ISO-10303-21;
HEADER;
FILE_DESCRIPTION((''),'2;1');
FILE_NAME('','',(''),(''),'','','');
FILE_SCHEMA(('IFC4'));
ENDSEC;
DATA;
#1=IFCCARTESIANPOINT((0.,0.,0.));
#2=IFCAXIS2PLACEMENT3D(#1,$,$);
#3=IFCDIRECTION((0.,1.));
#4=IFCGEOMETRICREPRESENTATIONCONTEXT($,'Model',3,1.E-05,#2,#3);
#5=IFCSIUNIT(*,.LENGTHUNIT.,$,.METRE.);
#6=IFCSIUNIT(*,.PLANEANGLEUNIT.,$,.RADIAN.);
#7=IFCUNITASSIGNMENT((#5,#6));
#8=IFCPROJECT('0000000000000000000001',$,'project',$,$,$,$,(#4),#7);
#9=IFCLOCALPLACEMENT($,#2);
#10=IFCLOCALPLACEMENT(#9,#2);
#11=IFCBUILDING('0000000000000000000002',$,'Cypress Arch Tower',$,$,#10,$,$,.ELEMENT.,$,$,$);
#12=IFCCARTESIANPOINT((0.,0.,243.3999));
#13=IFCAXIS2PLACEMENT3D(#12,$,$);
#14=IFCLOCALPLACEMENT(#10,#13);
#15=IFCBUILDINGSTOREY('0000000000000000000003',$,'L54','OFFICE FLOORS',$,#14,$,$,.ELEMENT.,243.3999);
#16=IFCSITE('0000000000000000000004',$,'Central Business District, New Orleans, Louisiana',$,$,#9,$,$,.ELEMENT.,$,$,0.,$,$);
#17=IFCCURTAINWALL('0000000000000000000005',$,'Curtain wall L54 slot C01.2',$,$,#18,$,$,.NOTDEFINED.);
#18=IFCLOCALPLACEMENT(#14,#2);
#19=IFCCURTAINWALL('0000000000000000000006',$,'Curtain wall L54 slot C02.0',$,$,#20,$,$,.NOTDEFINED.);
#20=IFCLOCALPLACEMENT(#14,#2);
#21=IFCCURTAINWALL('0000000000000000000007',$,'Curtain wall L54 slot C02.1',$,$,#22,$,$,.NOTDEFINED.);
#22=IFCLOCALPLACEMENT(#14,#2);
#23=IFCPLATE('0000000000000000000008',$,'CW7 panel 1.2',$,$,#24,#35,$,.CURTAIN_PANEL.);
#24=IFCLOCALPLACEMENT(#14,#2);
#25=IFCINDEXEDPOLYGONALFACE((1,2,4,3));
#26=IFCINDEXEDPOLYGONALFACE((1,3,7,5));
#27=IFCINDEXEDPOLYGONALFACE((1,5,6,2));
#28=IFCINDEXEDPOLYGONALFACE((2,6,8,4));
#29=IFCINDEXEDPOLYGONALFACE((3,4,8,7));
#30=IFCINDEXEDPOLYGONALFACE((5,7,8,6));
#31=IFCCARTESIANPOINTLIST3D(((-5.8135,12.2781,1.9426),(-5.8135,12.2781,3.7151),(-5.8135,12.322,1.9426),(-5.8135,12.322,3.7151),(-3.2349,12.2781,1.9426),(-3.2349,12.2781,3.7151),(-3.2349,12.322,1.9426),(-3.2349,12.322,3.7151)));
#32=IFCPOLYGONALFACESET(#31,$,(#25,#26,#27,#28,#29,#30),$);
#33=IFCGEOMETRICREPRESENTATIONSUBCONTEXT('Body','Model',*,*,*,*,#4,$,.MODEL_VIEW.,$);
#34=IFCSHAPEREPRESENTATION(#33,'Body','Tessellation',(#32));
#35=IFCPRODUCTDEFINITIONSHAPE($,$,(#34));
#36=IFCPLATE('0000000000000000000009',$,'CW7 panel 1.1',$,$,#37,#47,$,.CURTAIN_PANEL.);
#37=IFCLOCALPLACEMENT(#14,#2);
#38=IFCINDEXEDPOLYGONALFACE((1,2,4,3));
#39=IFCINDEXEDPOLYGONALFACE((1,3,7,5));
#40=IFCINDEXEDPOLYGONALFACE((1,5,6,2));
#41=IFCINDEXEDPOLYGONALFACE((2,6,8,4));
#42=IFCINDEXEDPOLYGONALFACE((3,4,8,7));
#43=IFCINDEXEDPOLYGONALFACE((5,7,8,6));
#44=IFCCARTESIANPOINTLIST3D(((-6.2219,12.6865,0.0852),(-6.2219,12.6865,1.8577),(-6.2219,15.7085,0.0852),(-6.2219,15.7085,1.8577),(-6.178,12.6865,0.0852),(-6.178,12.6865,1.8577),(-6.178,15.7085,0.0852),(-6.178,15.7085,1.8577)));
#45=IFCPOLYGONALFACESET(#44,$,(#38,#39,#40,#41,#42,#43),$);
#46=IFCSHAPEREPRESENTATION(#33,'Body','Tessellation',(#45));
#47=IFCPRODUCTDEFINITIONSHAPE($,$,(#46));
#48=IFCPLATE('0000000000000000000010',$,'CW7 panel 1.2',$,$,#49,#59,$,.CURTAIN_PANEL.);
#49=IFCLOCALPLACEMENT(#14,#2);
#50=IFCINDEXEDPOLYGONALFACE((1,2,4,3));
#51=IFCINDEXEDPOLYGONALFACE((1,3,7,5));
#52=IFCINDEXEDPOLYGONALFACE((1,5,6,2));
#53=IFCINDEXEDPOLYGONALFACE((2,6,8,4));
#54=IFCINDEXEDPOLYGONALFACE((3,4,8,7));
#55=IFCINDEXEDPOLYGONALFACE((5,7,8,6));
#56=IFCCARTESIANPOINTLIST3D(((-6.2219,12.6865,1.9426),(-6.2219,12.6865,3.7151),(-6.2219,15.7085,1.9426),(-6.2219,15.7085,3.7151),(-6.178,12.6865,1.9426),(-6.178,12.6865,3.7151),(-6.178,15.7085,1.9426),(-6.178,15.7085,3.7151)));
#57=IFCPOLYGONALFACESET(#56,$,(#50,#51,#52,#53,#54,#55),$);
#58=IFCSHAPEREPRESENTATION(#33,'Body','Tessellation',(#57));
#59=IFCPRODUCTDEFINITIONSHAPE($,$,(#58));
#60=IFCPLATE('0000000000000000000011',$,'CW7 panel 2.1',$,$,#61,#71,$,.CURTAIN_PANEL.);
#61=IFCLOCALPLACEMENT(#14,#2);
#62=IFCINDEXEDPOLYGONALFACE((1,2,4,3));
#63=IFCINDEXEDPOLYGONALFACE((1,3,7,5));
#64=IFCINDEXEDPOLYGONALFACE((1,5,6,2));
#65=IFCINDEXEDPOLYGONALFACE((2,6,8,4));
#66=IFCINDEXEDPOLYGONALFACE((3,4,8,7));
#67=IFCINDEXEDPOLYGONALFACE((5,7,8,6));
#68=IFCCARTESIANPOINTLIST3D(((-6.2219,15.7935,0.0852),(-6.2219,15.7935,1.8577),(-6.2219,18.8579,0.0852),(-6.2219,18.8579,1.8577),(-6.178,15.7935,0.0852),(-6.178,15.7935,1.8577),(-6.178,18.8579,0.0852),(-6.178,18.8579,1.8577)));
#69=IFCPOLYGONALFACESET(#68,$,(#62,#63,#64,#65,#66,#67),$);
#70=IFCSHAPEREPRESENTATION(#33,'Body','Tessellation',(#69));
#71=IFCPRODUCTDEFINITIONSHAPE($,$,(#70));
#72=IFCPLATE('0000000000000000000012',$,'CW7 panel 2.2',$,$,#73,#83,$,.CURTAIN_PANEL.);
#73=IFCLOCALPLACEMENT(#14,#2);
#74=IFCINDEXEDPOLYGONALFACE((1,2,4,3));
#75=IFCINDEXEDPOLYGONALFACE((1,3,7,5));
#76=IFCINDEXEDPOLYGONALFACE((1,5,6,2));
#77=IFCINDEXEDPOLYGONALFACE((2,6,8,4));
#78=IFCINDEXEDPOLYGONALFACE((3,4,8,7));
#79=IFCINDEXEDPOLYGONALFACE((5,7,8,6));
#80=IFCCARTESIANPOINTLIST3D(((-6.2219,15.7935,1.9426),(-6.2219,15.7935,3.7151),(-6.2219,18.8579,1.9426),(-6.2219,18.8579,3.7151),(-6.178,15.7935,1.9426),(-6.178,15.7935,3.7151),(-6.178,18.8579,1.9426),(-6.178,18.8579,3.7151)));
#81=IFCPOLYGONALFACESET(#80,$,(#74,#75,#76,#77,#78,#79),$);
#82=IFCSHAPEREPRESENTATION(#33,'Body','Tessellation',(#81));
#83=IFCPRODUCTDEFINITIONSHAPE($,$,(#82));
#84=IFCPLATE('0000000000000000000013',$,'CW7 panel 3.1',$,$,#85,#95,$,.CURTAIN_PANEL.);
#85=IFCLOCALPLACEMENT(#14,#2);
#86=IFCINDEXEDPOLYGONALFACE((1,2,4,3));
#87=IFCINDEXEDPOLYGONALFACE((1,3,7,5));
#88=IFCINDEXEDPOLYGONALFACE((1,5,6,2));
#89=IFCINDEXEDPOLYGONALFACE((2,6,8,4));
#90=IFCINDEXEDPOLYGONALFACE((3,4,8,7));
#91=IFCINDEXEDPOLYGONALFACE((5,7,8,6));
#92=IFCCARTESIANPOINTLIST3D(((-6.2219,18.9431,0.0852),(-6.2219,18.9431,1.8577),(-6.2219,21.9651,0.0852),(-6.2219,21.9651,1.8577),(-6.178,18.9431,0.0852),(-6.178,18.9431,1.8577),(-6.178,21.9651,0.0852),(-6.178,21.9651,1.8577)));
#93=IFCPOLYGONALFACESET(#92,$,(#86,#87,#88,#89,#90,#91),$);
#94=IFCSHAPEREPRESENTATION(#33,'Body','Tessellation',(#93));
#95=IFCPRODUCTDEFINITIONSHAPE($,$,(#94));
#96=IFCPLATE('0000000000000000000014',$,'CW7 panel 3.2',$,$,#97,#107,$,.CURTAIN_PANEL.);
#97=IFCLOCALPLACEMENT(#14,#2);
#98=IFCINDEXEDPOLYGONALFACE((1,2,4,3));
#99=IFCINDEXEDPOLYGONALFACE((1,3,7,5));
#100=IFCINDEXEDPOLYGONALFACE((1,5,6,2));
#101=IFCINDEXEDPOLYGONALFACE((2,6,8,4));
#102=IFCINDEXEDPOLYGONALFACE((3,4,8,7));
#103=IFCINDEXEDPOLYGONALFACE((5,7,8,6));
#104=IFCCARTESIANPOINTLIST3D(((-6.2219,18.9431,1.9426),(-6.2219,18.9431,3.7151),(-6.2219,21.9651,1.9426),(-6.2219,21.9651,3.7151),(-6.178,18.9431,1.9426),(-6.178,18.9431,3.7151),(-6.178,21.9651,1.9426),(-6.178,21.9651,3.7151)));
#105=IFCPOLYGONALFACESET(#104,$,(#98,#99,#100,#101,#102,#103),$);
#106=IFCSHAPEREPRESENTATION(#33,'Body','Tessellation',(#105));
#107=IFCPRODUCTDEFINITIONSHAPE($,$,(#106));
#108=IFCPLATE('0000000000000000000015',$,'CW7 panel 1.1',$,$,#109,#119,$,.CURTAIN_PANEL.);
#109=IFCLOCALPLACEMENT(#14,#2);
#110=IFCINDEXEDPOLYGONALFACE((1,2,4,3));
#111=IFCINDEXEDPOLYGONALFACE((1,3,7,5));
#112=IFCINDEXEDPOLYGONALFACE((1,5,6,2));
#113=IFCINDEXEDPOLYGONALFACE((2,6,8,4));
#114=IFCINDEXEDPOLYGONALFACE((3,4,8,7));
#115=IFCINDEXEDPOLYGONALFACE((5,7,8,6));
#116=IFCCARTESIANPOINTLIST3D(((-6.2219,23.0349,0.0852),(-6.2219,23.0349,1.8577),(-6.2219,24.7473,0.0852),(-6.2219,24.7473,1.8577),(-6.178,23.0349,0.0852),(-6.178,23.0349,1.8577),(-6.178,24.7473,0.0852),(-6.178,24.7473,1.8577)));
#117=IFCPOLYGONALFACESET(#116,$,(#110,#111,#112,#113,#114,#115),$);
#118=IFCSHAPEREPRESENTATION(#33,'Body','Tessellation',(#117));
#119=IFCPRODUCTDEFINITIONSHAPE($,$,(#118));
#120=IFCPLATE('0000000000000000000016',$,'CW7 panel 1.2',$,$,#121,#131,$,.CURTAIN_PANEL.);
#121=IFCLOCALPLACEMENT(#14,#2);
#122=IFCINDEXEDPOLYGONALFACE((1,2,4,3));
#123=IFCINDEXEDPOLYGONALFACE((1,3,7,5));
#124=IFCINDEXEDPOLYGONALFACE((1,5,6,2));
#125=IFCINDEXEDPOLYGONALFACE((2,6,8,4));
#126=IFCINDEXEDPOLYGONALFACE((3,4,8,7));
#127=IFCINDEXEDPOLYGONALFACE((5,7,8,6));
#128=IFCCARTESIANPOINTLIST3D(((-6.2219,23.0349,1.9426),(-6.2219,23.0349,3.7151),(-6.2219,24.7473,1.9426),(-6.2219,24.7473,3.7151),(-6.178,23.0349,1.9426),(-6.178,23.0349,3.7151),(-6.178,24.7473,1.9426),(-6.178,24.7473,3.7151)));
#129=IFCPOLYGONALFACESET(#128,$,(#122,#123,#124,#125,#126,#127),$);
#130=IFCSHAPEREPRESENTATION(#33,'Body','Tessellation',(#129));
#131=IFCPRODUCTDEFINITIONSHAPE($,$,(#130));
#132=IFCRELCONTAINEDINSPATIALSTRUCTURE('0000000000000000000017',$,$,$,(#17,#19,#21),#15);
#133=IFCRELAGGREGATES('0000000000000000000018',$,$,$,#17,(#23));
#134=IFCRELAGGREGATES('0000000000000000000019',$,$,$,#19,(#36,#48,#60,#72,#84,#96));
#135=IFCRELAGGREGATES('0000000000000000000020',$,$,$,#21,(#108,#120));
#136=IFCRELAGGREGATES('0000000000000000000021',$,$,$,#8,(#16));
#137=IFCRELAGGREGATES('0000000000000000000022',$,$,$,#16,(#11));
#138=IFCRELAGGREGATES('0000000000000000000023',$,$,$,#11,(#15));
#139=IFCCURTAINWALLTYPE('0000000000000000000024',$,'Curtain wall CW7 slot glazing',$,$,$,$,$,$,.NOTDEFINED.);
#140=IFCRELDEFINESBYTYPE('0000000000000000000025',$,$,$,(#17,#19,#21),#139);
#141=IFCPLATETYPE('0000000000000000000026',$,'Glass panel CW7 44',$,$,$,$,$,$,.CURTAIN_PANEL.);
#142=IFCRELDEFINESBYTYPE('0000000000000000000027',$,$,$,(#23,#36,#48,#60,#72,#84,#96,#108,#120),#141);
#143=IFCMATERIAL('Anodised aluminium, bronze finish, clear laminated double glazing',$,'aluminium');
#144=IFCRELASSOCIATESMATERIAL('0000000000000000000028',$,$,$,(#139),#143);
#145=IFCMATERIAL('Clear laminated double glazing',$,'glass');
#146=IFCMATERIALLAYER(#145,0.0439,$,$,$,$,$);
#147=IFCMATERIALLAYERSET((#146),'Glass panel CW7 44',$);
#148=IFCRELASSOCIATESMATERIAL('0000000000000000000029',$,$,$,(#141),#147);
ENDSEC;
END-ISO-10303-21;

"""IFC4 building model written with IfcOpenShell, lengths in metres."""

from ifc_helpers import new_model, si_unit, direction, frame, origin, origin_2d, place, context, subcontext, project, spatial, rectangle, extrude, material, layer, layer_set, type_object, element, aggregate, save


model = new_model("IFC4")

# Units and contexts
model_context = context("Model", 3, precision=1e-05, world=origin(), true_north=direction((0.0, 1.0)))
body_context = subcontext(model_context, "Body", "Model", "MODEL_VIEW")
ifc_project = project(units=[si_unit("LENGTHUNIT", "METRE"), si_unit("PLANEANGLEUNIT", "RADIAN")], contexts=[model_context])

# Site, building, storey
site_placement = place(None, origin())
site = spatial("IfcSite", under=ifc_project, at=site_placement, Name="Central Business District, New Orleans, Louisiana", CompositionType="ELEMENT", RefElevation=0.0)
building_placement = place(site_placement, origin())
building = spatial("IfcBuilding", under=site, at=building_placement, Name="Cypress Arch Tower", CompositionType="ELEMENT")
storey_placement = place(building_placement, frame((0.0, 0.0, 243.3999)))
storey = spatial("IfcBuildingStorey", under=building, at=storey_placement, Name="L54", Description="OFFICE FLOORS", CompositionType="ELEMENT", Elevation=243.3999)

# Shared definitions
ifc_material_1 = material(Name="Anodised aluminium, bronze finish, clear laminated double glazing", Category="aluminium")
curtain_wall_type = type_object("IfcCurtainWallType", Name="Curtain wall CW7 slot glazing", PredefinedType="NOTDEFINED", material=ifc_material_1)

# Curtain walls
curtain_wall_1_placement = place(storey_placement, origin())
curtain_wall_1 = element("IfcCurtainWall", 1, at=curtain_wall_1_placement, inside=storey, type_object=curtain_wall_type, Name="Curtain wall L54 slot C01.2", PredefinedType="NOTDEFINED")
curtain_wall_2_placement = place(storey_placement, origin())
curtain_wall_2 = element("IfcCurtainWall", 2, at=curtain_wall_2_placement, inside=storey, type_object=curtain_wall_type, Name="Curtain wall L54 slot C02.0", PredefinedType="NOTDEFINED")
curtain_wall_3_placement = place(storey_placement, origin())
curtain_wall_3 = element("IfcCurtainWall", 3, at=curtain_wall_3_placement, inside=storey, type_object=curtain_wall_type, Name="Curtain wall L54 slot C02.1", PredefinedType="NOTDEFINED")

# Plates
ifc_material_2 = material(Name="Clear laminated double glazing", Category="glass")
ifc_layer = layer(ifc_material_2, 0.0439)
ifc_layer_set = layer_set([ifc_layer], Name="Glass panel CW7 44")
plate_type = type_object("IfcPlateType", Name="Glass panel CW7 44", PredefinedType="CURTAIN_PANEL", material=ifc_layer_set)
plate_1_placement = place(storey_placement, frame((-4.5242, 12.3, 1.9426), z_axis=(0.0, 0.0, 1.0), x_axis=(-1.0, 0.0, 0.0)))
plate_1 = element("IfcPlate", 4, at=plate_1_placement, type_object=plate_type, Name="CW7 panel 1.2", PredefinedType="CURTAIN_PANEL", context=body_context, shape_type="SweptSolid", body=[
    extrude(rectangle(XDim=2.5786, YDim=0.0439, at=origin_2d()), origin(), (0.0, 0.0, 1.0), 1.7725),
])
aggregate(curtain_wall_1, [plate_1])
plate_2_placement = place(storey_placement, frame((-6.2, 14.1975, 0.0852), z_axis=(0.0, 0.0, 1.0), x_axis=(0.0, 1.0, 0.0)))
plate_2 = element("IfcPlate", 5, at=plate_2_placement, type_object=plate_type, Name="CW7 panel 1.1", PredefinedType="CURTAIN_PANEL", context=body_context, shape_type="SweptSolid", body=[
    extrude(rectangle(XDim=3.022, YDim=0.0439, at=origin_2d()), origin(), (0.0, 0.0, 1.0), 1.7725),
])
plate_3_placement = place(storey_placement, frame((-6.2, 14.1975, 1.9426), z_axis=(0.0, 0.0, 1.0), x_axis=(0.0, 1.0, 0.0)))
plate_3 = element("IfcPlate", 6, at=plate_3_placement, type_object=plate_type, Name="CW7 panel 1.2", PredefinedType="CURTAIN_PANEL", context=body_context, shape_type="SweptSolid", body=[
    extrude(rectangle(XDim=3.022, YDim=0.0439, at=origin_2d()), origin(), (0.0, 0.0, 1.0), 1.7725),
])
plate_4_placement = place(storey_placement, frame((-6.2, 17.3257, 0.0852), z_axis=(0.0, 0.0, 1.0), x_axis=(0.0, 1.0, 0.0)))
plate_4 = element("IfcPlate", 7, at=plate_4_placement, type_object=plate_type, Name="CW7 panel 2.1", PredefinedType="CURTAIN_PANEL", context=body_context, shape_type="SweptSolid", body=[
    extrude(rectangle(XDim=3.0645, YDim=0.0439, at=origin_2d()), origin(), (0.0, 0.0, 1.0), 1.7725),
])
plate_5_placement = place(storey_placement, frame((-6.2, 17.3257, 1.9426), z_axis=(0.0, 0.0, 1.0), x_axis=(0.0, 1.0, 0.0)))
plate_5 = element("IfcPlate", 8, at=plate_5_placement, type_object=plate_type, Name="CW7 panel 2.2", PredefinedType="CURTAIN_PANEL", context=body_context, shape_type="SweptSolid", body=[
    extrude(rectangle(XDim=3.0645, YDim=0.0439, at=origin_2d()), origin(), (0.0, 0.0, 1.0), 1.7725),
])
plate_6_placement = place(storey_placement, frame((-6.2, 20.4541, 0.0852), z_axis=(0.0, 0.0, 1.0), x_axis=(0.0, 1.0, 0.0)))
plate_6 = element("IfcPlate", 9, at=plate_6_placement, type_object=plate_type, Name="CW7 panel 3.1", PredefinedType="CURTAIN_PANEL", context=body_context, shape_type="SweptSolid", body=[
    extrude(rectangle(XDim=3.022, YDim=0.0439, at=origin_2d()), origin(), (0.0, 0.0, 1.0), 1.7725),
])
plate_7_placement = place(storey_placement, frame((-6.2, 20.4541, 1.9426), z_axis=(0.0, 0.0, 1.0), x_axis=(0.0, 1.0, 0.0)))
plate_7 = element("IfcPlate", 10, at=plate_7_placement, type_object=plate_type, Name="CW7 panel 3.2", PredefinedType="CURTAIN_PANEL", context=body_context, shape_type="SweptSolid", body=[
    extrude(rectangle(XDim=3.022, YDim=0.0439, at=origin_2d()), origin(), (0.0, 0.0, 1.0), 1.7725),
])
aggregate(curtain_wall_2, [plate_2, plate_3, plate_4, plate_5, plate_6, plate_7])
plate_8_placement = place(storey_placement, frame((-6.2, 23.8911, 0.0852), z_axis=(0.0, 0.0, 1.0), x_axis=(0.0, 1.0, 0.0)))
plate_8 = element("IfcPlate", 11, at=plate_8_placement, type_object=plate_type, Name="CW7 panel 1.1", PredefinedType="CURTAIN_PANEL", context=body_context, shape_type="SweptSolid", body=[
    extrude(rectangle(XDim=1.7124, YDim=0.0439, at=origin_2d()), origin(), (0.0, 0.0, 1.0), 1.7725),
])
plate_9_placement = place(storey_placement, frame((-6.2, 23.8911, 1.9426), z_axis=(0.0, 0.0, 1.0), x_axis=(0.0, 1.0, 0.0)))
plate_9 = element("IfcPlate", 12, at=plate_9_placement, type_object=plate_type, Name="CW7 panel 1.2", PredefinedType="CURTAIN_PANEL", context=body_context, shape_type="SweptSolid", body=[
    extrude(rectangle(XDim=1.7124, YDim=0.0439, at=origin_2d()), origin(), (0.0, 0.0, 1.0), 1.7725),
])
aggregate(curtain_wall_3, [plate_8, plate_9])

save(model, "model.ifc")
